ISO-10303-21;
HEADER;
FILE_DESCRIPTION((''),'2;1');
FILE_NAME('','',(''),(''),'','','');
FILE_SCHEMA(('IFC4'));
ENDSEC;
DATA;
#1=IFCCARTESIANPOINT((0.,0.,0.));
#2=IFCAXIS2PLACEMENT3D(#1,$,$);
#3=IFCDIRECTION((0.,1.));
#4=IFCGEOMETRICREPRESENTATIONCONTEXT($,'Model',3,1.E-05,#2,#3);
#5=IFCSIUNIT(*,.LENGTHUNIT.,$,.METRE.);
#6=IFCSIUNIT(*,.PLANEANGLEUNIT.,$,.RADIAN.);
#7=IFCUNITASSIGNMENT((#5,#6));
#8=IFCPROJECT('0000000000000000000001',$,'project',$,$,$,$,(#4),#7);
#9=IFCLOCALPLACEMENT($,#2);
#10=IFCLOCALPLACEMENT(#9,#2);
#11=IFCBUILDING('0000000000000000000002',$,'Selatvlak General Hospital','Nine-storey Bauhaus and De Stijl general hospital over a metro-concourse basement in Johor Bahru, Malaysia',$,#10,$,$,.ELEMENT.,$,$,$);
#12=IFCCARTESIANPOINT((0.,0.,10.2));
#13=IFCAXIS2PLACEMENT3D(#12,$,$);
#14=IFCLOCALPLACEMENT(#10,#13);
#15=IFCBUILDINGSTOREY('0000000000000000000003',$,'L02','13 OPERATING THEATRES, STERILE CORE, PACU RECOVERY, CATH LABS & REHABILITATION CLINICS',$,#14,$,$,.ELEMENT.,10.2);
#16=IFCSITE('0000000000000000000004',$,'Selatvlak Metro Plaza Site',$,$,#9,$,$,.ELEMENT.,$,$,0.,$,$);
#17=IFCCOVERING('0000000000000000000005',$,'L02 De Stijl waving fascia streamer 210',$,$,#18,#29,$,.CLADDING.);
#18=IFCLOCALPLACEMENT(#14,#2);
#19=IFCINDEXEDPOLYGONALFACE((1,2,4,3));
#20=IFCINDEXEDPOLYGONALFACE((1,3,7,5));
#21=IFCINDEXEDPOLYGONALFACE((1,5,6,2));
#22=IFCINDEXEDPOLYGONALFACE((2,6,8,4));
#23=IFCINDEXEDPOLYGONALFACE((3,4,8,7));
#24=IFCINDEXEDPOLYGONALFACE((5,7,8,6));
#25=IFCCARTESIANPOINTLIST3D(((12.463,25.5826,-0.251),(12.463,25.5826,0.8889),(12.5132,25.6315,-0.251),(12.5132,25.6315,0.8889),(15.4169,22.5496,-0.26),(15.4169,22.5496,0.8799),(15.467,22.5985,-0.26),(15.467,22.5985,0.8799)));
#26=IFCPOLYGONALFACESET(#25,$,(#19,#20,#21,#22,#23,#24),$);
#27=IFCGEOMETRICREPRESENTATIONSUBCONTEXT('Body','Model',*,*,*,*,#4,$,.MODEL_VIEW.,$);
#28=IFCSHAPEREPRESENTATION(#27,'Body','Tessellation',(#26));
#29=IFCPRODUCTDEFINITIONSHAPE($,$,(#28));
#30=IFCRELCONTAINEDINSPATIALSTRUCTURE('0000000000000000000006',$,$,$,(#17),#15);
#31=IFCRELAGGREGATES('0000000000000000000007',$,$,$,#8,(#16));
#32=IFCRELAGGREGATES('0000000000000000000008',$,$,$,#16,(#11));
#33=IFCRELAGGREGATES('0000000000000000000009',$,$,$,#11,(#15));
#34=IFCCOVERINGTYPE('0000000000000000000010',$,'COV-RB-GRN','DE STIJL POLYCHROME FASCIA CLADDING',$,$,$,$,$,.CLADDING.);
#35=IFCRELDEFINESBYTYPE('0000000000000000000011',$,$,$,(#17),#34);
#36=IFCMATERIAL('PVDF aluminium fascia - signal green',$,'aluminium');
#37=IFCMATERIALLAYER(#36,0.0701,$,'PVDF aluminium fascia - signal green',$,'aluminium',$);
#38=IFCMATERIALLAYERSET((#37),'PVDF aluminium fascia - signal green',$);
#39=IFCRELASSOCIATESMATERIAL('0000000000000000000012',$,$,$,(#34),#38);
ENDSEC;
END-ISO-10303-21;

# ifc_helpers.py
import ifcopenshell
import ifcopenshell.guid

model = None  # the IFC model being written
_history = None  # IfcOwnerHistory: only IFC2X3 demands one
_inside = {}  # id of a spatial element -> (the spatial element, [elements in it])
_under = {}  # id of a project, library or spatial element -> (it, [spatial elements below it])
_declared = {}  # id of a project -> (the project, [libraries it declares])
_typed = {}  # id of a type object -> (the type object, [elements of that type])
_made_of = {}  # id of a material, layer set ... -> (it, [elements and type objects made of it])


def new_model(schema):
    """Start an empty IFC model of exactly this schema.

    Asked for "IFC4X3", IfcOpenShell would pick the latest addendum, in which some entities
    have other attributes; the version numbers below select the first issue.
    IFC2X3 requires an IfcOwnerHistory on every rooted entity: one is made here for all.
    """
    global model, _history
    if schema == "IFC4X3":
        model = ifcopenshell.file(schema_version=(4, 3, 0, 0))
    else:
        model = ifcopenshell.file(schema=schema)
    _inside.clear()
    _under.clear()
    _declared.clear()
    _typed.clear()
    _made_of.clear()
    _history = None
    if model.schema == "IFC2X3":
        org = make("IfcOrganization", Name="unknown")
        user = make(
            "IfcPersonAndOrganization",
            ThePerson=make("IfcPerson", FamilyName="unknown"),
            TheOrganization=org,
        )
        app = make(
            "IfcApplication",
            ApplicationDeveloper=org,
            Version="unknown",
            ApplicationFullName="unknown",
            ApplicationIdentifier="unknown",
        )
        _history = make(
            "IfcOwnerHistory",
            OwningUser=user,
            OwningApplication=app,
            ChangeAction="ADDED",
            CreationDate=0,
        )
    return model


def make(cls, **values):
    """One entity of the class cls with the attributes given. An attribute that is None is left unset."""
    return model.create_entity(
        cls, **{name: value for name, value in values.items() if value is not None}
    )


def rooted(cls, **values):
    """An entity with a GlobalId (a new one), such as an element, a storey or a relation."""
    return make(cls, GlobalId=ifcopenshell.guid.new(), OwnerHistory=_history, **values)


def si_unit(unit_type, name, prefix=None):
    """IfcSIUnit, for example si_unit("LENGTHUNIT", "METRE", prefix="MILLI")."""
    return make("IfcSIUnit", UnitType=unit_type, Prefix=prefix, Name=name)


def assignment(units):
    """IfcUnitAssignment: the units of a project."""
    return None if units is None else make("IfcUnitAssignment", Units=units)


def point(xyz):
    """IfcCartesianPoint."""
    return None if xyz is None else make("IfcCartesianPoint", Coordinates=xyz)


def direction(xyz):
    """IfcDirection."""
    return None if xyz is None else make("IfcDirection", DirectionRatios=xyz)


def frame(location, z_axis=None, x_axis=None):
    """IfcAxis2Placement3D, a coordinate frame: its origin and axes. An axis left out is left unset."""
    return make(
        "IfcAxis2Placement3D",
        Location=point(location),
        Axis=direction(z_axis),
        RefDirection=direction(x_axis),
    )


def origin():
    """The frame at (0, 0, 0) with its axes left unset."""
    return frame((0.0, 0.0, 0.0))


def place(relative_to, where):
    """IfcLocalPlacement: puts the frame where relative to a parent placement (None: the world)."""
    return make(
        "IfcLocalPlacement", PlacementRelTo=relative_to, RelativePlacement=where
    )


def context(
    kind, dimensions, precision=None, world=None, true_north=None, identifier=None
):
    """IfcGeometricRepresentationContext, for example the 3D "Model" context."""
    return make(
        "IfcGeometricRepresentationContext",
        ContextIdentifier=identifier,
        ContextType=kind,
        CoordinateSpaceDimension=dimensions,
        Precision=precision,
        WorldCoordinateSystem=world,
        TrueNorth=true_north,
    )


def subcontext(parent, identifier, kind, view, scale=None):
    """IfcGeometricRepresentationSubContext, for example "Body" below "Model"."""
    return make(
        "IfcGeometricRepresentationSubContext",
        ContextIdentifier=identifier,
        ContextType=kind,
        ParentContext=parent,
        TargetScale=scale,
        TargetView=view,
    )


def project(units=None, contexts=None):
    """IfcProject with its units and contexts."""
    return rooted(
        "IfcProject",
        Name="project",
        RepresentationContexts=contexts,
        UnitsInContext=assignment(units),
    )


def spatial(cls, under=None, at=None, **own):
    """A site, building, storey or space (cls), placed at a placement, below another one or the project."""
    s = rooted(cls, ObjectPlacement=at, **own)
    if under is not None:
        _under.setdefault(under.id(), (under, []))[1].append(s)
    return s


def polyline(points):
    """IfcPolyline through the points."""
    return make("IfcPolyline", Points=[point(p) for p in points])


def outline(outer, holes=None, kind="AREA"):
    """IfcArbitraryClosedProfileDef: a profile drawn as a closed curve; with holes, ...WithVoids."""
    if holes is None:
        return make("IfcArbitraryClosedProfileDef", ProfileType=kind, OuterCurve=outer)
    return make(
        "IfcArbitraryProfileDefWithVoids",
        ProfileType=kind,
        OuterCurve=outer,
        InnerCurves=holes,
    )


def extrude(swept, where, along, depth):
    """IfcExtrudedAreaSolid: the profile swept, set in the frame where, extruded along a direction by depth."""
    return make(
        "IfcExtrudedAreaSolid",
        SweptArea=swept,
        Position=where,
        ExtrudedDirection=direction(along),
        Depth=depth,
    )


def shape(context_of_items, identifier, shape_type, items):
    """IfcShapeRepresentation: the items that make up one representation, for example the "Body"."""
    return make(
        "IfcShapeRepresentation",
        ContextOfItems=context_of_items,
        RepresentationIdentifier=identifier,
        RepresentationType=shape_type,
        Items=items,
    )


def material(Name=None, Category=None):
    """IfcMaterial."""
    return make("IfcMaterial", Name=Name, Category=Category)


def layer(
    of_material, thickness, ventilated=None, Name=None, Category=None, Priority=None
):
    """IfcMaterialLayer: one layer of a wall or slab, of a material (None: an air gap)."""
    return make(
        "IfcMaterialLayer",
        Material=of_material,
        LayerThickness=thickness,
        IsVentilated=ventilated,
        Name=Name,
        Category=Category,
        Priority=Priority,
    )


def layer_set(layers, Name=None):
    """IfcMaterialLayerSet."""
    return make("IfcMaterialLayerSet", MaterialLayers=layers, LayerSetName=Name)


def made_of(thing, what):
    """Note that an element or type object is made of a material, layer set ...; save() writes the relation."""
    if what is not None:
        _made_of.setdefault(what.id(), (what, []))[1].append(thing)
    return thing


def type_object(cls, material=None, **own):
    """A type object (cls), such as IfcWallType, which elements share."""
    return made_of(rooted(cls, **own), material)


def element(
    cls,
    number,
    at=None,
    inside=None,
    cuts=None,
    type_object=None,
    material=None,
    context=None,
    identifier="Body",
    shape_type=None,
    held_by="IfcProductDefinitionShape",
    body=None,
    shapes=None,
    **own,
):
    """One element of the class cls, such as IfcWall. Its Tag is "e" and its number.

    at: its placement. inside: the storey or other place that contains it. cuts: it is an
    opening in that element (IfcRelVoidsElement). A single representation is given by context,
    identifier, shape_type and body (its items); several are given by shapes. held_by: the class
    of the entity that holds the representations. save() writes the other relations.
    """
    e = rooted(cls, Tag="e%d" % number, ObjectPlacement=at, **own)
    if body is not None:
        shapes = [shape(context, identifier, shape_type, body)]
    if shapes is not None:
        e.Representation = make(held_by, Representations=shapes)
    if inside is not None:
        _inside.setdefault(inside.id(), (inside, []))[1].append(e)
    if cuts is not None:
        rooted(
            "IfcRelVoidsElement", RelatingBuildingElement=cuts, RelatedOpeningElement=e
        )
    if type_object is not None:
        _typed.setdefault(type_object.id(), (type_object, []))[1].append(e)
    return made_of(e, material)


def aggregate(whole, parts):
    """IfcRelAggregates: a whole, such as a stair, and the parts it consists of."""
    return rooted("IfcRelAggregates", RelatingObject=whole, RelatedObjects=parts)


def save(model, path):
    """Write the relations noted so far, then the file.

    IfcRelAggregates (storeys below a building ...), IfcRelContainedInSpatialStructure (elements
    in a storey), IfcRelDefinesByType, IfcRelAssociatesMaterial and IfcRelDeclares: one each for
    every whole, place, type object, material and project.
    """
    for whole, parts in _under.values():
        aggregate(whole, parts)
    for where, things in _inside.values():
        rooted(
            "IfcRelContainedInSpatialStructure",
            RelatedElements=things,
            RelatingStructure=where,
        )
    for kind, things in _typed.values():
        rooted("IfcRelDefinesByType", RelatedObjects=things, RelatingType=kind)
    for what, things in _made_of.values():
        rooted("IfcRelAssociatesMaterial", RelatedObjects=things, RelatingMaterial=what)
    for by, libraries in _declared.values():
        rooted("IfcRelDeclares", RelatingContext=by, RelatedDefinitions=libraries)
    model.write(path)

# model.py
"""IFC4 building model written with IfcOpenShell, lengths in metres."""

from ifc_helpers import new_model, si_unit, direction, frame, origin, place, context, subcontext, project, spatial, polyline, outline, extrude, material, layer, layer_set, type_object, element, save


model = new_model("IFC4")

# Units and contexts
model_context = context("Model", 3, precision=1e-05, world=origin(), true_north=direction((0.0, 1.0)))
body_context = subcontext(model_context, "Body", "Model", "MODEL_VIEW")
ifc_project = project(units=[si_unit("LENGTHUNIT", "METRE"), si_unit("PLANEANGLEUNIT", "RADIAN")], contexts=[model_context])

# Site, building, storey
site_placement = place(None, origin())
site = spatial("IfcSite", under=ifc_project, at=site_placement, Name="Selatvlak Metro Plaza Site", CompositionType="ELEMENT", RefElevation=0.0)
building_placement = place(site_placement, origin())
building = spatial("IfcBuilding", under=site, at=building_placement, Name="Selatvlak General Hospital", Description="Nine-storey Bauhaus and De Stijl general hospital over a metro-concourse basement in Johor Bahru, Malaysia", CompositionType="ELEMENT")
storey_placement = place(building_placement, frame((0.0, 0.0, 10.2)))
storey = spatial("IfcBuildingStorey", under=building, at=storey_placement, Name="L02", Description="13 OPERATING THEATRES, STERILE CORE, PACU RECOVERY, CATH LABS & REHABILITATION CLINICS", CompositionType="ELEMENT", Elevation=10.2)

# Covering
ifc_material_1 = material(Name="PVDF aluminium fascia - signal green", Category="aluminium")
ifc_layer_1 = layer(ifc_material_1, 0.0701, Name="PVDF aluminium fascia - signal green", Category="aluminium")
ifc_layer_set_1 = layer_set([ifc_layer_1], Name="PVDF aluminium fascia - signal green")
covering_type = type_object("IfcCoveringType", Name="COV-RB-GRN", Description="DE STIJL POLYCHROME FASCIA CLADDING", PredefinedType="CLADDING", material=ifc_layer_set_1)
covering_1_placement = place(storey_placement, frame((12.488, 25.6069, -0.251), z_axis=(0.0, 0.0, 1.0), x_axis=(0.697703, -0.716387, 0.0)))
element("IfcCovering", 1, at=covering_1_placement, inside=storey, type_object=covering_type, Name="L02 De Stijl waving fascia streamer 210", PredefinedType="CLADDING", context=body_context, shape_type="SweptSolid", body=[
    extrude(outline(polyline([(0.0, 0.0), (4.2336, -0.009), (4.2336, 1.1309), (0.0, 1.1399), (0.0, 0.0)])), frame((0.0, 0.0352, 0.0), z_axis=(0.0, -1.0, 0.0), x_axis=(1.0, 0.0, 0.0)), (0.0, 0.0, 1.0), 0.0701),
])

save(model, "model.ifc")
